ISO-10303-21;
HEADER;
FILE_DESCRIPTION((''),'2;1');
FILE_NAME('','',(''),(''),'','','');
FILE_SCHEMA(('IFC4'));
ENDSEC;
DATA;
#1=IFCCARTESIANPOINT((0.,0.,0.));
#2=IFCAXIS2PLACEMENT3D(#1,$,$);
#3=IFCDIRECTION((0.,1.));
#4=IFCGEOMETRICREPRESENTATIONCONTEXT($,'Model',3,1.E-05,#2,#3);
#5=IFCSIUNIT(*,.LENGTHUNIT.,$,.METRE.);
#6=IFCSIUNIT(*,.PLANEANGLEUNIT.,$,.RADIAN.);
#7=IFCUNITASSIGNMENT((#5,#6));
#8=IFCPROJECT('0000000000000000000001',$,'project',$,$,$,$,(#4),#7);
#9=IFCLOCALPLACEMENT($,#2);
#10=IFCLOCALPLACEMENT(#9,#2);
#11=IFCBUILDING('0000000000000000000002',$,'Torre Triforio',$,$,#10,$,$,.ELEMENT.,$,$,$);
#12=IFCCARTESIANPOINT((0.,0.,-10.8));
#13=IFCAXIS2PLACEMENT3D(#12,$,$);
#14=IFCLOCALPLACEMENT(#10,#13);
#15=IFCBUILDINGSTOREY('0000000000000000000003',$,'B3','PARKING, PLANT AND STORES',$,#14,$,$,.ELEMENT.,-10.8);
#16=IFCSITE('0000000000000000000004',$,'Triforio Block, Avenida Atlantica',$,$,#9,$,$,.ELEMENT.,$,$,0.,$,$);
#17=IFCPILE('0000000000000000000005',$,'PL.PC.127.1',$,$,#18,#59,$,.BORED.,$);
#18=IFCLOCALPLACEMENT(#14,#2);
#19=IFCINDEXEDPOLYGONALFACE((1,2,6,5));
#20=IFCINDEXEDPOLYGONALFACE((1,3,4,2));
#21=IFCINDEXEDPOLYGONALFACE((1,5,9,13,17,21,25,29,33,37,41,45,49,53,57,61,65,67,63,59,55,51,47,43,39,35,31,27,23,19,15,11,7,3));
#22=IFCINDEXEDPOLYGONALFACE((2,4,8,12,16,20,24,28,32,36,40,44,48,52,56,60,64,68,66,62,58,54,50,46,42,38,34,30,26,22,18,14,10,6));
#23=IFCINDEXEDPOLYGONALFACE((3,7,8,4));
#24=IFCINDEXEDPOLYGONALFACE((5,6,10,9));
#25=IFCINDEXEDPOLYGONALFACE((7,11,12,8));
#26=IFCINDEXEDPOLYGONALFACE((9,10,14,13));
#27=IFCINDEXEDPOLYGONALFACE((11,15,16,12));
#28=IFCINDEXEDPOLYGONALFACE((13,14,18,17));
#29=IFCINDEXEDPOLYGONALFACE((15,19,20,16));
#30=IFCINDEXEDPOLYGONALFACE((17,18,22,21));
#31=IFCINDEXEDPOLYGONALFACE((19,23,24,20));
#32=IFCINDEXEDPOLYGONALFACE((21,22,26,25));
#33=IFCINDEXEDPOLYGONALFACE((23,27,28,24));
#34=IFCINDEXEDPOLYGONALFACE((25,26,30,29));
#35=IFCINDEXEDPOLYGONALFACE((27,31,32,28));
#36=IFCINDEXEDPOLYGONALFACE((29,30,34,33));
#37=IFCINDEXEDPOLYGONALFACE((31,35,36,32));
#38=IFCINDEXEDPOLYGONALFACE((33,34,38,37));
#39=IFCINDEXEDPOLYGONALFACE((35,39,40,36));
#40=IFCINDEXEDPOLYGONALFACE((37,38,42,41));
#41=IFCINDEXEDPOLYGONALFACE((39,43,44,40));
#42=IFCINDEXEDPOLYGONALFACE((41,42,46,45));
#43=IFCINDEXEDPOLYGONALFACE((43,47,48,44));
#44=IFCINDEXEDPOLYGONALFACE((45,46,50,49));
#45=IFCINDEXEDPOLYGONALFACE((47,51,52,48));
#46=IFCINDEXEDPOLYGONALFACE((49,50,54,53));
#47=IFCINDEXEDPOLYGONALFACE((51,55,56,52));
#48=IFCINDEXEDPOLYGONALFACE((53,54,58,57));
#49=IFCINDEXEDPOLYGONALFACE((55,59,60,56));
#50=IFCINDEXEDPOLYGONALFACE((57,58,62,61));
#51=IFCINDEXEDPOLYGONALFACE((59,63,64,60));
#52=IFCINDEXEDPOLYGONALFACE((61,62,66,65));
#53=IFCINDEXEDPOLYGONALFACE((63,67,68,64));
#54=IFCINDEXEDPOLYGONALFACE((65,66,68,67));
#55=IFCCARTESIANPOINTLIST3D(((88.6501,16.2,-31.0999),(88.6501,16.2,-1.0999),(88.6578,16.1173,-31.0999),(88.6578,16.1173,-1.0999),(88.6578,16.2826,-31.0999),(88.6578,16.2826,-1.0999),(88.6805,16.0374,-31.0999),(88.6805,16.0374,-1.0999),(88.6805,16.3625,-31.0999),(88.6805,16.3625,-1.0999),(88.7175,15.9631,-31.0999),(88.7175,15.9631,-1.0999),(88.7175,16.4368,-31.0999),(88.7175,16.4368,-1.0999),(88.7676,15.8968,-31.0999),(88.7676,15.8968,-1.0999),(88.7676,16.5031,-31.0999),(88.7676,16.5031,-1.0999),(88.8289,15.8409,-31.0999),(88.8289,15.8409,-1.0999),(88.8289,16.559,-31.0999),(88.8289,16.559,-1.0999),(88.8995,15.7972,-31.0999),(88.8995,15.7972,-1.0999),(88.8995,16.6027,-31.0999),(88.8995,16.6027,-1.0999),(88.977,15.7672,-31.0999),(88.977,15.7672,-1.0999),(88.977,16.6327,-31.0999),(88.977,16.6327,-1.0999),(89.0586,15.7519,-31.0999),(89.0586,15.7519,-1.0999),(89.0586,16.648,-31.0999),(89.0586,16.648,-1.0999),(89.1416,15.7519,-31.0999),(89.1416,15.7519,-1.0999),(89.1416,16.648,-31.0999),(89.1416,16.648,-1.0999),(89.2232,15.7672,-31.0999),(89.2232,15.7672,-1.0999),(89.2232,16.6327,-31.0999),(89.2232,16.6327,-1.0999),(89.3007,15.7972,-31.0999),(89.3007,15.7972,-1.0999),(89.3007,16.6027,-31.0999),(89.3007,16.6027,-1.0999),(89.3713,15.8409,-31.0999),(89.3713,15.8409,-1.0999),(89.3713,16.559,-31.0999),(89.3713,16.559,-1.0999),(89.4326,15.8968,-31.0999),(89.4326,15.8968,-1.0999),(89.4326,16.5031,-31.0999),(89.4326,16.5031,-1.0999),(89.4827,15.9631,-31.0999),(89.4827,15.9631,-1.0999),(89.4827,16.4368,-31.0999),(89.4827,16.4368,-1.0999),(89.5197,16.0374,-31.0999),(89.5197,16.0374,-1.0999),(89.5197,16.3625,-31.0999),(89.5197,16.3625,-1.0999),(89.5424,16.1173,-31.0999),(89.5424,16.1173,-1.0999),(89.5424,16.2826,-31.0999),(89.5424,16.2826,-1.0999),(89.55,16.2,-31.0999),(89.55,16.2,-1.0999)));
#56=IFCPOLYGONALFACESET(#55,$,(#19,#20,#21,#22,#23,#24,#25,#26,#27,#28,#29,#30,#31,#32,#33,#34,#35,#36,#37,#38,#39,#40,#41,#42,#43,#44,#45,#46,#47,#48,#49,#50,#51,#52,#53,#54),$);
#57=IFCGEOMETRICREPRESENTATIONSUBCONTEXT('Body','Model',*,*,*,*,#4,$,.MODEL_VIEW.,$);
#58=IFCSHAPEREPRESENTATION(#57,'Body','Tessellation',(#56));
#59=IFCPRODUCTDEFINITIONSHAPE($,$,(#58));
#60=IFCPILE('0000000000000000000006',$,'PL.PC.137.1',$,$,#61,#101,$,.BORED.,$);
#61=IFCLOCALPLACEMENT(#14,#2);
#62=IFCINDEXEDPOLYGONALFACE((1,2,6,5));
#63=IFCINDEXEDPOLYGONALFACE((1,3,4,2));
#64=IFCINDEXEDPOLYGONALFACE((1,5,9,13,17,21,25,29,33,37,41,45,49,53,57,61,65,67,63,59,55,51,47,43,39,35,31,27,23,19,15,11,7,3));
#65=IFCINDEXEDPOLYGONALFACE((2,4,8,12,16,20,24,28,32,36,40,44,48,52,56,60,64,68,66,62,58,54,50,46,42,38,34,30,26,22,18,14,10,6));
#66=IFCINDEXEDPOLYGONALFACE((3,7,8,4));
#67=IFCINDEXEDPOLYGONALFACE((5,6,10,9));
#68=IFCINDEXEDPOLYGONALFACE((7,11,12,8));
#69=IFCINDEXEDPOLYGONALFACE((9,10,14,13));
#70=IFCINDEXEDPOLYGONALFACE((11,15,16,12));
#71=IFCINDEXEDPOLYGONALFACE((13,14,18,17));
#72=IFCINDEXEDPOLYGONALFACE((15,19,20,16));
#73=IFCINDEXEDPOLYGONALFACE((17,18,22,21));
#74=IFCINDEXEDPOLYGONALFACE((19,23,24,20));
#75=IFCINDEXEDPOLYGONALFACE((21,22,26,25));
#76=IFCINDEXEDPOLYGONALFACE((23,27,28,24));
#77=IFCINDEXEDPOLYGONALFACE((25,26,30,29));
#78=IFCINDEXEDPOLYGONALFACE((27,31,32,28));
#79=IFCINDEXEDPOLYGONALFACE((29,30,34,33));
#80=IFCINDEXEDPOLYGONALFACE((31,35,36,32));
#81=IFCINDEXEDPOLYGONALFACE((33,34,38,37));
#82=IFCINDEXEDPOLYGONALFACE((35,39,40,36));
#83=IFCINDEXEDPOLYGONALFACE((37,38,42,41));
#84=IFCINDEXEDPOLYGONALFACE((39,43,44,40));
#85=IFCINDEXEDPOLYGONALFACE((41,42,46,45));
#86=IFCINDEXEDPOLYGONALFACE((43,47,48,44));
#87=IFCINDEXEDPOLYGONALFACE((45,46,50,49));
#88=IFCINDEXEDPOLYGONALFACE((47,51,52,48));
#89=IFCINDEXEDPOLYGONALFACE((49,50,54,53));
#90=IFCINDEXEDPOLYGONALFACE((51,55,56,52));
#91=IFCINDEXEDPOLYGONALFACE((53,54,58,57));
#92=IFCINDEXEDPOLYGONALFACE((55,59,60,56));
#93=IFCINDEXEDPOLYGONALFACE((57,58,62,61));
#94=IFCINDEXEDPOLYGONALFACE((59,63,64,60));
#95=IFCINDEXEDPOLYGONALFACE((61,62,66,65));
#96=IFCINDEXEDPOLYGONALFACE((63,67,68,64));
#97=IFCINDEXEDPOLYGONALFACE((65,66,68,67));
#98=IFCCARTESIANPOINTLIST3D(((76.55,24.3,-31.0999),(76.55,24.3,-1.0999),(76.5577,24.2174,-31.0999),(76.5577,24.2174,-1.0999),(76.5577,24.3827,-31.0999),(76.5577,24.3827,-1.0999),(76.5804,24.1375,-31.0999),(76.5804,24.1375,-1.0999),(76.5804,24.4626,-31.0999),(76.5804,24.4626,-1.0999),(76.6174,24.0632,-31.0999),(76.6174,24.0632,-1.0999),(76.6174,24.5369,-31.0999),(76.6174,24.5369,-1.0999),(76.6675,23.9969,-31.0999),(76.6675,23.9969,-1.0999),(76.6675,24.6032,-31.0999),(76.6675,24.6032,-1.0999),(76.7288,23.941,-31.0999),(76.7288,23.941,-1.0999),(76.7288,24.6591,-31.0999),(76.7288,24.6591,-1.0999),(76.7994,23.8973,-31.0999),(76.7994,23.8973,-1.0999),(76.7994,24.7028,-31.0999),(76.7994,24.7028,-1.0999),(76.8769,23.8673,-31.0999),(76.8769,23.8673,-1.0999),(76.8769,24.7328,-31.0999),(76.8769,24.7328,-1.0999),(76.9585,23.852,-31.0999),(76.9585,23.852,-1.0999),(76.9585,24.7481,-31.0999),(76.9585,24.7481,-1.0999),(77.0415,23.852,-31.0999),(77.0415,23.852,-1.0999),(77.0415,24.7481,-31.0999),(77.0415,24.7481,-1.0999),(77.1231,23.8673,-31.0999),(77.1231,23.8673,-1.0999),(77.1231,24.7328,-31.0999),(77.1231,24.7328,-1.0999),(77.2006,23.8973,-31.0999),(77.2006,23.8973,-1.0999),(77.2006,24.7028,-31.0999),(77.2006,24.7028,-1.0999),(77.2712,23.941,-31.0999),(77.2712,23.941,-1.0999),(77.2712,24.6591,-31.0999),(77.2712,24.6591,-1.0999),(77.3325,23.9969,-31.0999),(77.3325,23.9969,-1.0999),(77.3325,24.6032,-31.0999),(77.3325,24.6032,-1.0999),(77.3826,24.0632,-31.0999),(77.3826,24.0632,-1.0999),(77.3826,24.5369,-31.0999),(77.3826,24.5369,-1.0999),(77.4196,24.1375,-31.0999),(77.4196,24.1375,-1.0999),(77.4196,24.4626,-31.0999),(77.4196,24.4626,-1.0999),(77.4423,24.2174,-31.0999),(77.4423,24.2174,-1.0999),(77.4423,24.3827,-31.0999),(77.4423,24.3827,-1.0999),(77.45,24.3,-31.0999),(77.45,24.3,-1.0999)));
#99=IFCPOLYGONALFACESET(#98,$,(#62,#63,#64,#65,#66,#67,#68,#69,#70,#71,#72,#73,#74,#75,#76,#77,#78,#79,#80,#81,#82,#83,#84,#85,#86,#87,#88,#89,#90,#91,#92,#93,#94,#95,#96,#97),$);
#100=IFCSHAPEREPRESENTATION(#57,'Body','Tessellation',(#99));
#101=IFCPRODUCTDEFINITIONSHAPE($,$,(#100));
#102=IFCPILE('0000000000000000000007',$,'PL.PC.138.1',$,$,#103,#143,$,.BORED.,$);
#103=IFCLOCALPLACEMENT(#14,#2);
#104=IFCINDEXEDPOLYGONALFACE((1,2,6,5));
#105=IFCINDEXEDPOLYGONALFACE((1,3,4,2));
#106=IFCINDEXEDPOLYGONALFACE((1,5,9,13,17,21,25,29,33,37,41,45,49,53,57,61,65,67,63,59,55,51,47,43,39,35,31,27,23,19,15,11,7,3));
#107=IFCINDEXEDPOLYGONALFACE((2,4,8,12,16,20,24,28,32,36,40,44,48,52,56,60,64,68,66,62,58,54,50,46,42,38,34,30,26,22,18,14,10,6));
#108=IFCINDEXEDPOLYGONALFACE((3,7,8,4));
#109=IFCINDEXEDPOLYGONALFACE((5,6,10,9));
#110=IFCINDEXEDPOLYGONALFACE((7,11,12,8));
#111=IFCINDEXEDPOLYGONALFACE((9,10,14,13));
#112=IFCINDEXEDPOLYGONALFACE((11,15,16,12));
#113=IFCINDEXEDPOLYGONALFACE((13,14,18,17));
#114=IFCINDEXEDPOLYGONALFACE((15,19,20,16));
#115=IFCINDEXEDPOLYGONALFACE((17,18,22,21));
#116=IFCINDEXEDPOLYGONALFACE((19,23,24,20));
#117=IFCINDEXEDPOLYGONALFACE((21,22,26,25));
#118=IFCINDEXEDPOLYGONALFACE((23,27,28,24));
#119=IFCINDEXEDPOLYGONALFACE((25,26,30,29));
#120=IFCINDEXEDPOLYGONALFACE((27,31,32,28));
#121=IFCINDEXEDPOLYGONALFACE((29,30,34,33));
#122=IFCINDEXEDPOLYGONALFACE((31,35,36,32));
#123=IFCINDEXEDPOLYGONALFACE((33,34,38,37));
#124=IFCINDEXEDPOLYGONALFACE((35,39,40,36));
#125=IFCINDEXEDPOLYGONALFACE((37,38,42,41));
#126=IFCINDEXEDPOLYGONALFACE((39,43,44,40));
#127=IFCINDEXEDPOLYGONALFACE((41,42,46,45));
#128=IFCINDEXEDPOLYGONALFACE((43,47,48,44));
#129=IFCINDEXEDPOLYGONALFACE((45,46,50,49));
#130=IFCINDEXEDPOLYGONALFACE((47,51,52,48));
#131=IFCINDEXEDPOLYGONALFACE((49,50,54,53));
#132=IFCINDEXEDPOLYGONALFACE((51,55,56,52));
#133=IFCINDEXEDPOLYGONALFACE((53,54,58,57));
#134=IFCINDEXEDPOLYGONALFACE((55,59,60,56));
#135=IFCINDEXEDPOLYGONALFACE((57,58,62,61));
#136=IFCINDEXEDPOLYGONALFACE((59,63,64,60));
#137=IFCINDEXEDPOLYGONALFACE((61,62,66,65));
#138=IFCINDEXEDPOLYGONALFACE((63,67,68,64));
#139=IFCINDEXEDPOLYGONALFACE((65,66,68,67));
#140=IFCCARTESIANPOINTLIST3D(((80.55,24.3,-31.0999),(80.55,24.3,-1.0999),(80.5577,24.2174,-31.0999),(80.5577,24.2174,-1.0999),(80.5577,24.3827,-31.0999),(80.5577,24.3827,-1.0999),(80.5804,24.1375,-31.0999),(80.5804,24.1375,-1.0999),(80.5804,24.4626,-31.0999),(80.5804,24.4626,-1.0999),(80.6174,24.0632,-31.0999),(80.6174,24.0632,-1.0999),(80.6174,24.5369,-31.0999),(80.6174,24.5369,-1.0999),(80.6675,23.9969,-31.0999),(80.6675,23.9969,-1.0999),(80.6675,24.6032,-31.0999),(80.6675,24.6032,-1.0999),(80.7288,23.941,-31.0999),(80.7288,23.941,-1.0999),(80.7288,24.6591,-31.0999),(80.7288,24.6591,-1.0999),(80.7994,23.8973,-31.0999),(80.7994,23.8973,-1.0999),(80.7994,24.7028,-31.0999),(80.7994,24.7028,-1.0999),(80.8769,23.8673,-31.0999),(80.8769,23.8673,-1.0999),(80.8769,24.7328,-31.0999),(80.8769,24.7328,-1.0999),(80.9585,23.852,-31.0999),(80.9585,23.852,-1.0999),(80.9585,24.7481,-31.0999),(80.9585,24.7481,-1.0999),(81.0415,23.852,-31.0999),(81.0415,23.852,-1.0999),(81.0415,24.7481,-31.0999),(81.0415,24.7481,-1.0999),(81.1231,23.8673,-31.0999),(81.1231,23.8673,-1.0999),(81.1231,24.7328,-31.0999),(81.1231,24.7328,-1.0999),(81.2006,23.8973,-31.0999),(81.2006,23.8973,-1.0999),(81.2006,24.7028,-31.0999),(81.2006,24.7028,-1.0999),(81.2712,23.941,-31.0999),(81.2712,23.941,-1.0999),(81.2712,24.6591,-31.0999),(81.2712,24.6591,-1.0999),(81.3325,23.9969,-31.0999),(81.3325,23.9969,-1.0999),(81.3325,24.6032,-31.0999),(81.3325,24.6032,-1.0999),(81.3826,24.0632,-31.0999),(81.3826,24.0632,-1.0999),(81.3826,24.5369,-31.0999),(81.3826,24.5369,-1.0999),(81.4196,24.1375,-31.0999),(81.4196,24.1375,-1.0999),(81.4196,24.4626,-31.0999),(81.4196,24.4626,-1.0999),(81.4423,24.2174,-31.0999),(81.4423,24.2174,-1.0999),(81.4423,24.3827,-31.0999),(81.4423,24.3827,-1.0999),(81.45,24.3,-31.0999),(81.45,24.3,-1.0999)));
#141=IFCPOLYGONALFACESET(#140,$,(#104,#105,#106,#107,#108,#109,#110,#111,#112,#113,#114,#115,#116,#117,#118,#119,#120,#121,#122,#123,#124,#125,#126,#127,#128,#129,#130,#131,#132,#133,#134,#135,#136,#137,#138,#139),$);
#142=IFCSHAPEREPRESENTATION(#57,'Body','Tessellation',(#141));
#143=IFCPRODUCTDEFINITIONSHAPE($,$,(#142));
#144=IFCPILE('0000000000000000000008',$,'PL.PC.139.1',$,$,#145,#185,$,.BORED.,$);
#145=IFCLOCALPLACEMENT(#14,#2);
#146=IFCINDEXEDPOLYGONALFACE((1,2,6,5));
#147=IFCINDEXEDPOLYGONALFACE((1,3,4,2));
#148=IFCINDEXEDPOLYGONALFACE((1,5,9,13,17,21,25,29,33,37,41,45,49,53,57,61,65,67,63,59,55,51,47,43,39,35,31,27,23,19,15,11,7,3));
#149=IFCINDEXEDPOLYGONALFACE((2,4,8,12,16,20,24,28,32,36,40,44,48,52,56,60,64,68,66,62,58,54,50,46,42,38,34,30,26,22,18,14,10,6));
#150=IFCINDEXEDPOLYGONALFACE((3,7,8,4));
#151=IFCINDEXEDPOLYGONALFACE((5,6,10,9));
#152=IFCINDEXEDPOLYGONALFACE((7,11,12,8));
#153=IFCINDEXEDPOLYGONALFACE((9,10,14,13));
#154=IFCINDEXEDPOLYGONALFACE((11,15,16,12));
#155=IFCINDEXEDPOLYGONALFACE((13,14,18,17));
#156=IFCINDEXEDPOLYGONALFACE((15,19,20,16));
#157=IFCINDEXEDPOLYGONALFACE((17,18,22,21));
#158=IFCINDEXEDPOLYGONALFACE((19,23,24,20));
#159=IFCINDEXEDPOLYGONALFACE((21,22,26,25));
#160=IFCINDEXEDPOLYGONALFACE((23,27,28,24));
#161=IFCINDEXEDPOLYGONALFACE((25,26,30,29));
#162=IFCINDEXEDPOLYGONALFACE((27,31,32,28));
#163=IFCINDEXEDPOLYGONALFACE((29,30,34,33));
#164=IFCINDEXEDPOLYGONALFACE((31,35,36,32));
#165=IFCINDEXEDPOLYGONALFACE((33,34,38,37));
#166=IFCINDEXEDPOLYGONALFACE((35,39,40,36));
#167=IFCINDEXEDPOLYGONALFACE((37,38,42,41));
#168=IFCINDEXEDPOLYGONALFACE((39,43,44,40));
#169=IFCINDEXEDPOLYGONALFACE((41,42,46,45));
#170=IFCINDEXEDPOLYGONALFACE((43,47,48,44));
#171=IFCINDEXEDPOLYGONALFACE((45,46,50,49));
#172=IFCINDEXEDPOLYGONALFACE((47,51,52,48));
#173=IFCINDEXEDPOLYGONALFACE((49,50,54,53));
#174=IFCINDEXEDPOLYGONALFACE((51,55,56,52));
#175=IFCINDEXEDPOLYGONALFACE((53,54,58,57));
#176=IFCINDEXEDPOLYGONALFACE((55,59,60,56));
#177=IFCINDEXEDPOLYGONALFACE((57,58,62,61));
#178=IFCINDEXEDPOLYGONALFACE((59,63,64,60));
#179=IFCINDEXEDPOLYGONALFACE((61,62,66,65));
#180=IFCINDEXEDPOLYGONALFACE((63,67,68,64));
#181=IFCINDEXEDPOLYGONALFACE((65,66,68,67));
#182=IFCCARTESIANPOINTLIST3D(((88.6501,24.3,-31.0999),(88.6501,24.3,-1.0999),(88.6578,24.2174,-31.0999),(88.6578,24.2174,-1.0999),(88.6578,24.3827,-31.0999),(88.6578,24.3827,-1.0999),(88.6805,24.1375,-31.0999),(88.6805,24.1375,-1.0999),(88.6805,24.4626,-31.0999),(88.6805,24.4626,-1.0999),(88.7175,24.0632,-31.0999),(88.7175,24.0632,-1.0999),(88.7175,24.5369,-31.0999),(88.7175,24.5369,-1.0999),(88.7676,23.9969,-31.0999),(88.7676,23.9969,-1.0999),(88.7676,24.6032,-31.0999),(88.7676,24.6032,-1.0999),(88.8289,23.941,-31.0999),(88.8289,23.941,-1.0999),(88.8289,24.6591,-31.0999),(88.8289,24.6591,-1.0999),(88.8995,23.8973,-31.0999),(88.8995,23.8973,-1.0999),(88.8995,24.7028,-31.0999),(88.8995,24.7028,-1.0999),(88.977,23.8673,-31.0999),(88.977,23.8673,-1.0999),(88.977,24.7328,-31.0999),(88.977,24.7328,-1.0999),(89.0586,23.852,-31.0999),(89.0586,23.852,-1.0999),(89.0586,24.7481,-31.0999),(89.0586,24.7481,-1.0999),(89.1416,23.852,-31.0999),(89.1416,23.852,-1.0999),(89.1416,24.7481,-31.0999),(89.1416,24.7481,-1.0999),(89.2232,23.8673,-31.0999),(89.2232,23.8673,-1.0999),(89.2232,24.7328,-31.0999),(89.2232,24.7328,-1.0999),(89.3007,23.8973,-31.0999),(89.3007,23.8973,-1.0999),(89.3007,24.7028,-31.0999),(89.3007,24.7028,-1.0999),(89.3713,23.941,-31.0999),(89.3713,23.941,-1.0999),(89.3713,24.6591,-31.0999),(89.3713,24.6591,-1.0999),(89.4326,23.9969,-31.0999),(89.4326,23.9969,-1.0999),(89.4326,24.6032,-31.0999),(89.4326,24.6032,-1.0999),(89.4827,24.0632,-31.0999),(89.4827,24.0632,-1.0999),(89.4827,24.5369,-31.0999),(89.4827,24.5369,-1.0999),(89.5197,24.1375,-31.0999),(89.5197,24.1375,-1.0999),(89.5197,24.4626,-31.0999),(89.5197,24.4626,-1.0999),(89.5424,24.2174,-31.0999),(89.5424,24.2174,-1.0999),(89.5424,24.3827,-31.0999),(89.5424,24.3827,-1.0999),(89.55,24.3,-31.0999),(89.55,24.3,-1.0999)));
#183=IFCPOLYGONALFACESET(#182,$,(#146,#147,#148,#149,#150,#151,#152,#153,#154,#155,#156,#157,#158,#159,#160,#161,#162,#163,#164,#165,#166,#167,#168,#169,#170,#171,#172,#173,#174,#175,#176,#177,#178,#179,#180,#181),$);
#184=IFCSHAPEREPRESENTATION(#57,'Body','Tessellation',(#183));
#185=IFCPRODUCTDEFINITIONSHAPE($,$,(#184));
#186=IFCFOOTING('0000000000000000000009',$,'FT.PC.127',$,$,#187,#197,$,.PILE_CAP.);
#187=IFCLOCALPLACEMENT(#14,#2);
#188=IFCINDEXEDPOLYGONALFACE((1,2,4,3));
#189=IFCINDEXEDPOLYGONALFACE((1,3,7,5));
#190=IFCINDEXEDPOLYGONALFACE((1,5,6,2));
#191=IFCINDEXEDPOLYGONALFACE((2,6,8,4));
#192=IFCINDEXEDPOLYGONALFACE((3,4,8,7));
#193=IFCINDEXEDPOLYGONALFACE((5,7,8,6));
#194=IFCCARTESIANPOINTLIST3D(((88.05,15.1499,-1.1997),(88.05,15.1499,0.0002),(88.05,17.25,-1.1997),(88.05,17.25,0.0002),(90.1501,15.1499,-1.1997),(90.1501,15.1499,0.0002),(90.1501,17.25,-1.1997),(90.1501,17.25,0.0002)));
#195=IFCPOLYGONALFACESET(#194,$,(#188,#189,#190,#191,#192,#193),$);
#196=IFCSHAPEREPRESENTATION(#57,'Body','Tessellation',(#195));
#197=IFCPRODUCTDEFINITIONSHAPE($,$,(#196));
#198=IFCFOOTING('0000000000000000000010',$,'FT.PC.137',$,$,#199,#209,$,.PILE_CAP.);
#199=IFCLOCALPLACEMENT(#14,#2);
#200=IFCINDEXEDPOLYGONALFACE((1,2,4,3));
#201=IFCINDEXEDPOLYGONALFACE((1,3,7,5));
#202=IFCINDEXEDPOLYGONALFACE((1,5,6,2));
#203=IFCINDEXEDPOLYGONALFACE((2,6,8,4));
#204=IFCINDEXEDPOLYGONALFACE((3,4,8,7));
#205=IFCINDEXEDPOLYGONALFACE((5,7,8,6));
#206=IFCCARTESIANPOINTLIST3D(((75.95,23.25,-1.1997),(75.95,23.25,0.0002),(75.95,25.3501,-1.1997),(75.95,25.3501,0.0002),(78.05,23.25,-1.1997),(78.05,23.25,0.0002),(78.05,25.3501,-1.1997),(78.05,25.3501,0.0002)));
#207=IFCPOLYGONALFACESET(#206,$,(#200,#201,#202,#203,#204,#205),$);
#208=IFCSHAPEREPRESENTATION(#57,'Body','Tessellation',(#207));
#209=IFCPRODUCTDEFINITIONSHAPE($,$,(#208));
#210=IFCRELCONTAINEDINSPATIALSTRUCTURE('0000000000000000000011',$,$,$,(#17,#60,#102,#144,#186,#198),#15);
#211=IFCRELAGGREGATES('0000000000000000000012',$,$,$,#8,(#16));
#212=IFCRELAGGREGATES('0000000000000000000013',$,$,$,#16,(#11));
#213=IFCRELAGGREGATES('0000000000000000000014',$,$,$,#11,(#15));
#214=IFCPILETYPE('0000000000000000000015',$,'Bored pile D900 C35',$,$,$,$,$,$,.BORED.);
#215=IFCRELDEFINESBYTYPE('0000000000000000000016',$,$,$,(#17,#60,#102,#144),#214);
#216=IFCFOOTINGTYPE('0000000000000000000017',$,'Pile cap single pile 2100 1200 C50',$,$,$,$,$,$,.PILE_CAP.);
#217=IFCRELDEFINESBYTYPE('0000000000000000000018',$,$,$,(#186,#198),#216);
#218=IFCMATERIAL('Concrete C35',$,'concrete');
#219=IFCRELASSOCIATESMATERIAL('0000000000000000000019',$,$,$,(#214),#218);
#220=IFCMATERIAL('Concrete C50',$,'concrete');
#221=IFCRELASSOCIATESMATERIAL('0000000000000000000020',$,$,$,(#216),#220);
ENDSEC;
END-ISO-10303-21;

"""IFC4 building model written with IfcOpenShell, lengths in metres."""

from ifc_helpers import new_model, si_unit, direction, frame, origin, origin_2d, place, context, subcontext, project, spatial, rectangle, circle, extrude, material, material_profile, profile_set, type_object, element, save


model = new_model("IFC4")

# Units and contexts
model_context = context("Model", 3, precision=1e-05, world=origin(), true_north=direction((0.0, 1.0)))
body_context = subcontext(model_context, "Body", "Model", "MODEL_VIEW")
ifc_project = project(units=[si_unit("LENGTHUNIT", "METRE"), si_unit("PLANEANGLEUNIT", "RADIAN")], contexts=[model_context])

# Site, building, storey
site_placement = place(None, origin())
site = spatial("IfcSite", under=ifc_project, at=site_placement, Name="Triforio Block, Avenida Atlantica", CompositionType="ELEMENT", RefElevation=0.0)
building_placement = place(site_placement, origin())
building = spatial("IfcBuilding", under=site, at=building_placement, Name="Torre Triforio", CompositionType="ELEMENT")
storey_placement = place(building_placement, frame((0.0, 0.0, -10.8)))
storey = spatial("IfcBuildingStorey", under=building, at=storey_placement, Name="B3", Description="PARKING, PLANT AND STORES", CompositionType="ELEMENT", Elevation=-10.8)

# Piles
ifc_material_1 = material(Name="Concrete C35", Category="concrete")
ifc_material_profile_1 = material_profile(ifc_material_1, circle(Radius=0.45, at=origin_2d()), Name="RC D900")
ifc_profile_set_1 = profile_set([ifc_material_profile_1], Name="Concrete C35")
pile_type = type_object("IfcPileType", Name="Bored pile D900 C35", PredefinedType="BORED", material=ifc_profile_set_1)
for number, where, z_axis, x_axis, name in (
    (1, (89.1001, 16.2, -1.0999), (0.0, 0.0, -1.0), (1.0, 0.0, 0.0), "PL.PC.127.1"),
    (2, (77.0, 24.3, -1.0999), (0.0, 0.0, -1.0), (1.0, 0.0, 0.0), "PL.PC.137.1"),
    (3, (81.0, 24.3, -1.0999), (0.0, 0.0, -1.0), (1.0, 0.0, 0.0), "PL.PC.138.1"),
    (4, (89.1001, 24.3, -1.0999), (0.0, 0.0, -1.0), (1.0, 0.0, 0.0), "PL.PC.139.1"),
):
    element("IfcPile", number, at=place(storey_placement, frame(where, z_axis=z_axis, x_axis=x_axis)), inside=storey, type_object=pile_type, Name=name, PredefinedType="BORED", context=body_context, shape_type="SweptSolid", body=[
        extrude(circle(Radius=0.45, at=origin_2d()), origin(), (0.0, 0.0, 1.0), 30.0),
    ])

# Footings
ifc_material_2 = material(Name="Concrete C50", Category="concrete")
footing_type = type_object("IfcFootingType", Name="Pile cap single pile 2100 1200 C50", PredefinedType="PILE_CAP", material=ifc_material_2)
for number, where, z_axis, x_axis, name in (
    (5, (89.1001, 16.2, -1.1997), (0.0, 0.0, 1.0), (1.0, 0.0, 0.0), "FT.PC.127"),
    (6, (77.0, 24.3, -1.1997), (0.0, 0.0, 1.0), (1.0, 0.0, 0.0), "FT.PC.137"),
):
    element("IfcFooting", number, at=place(storey_placement, frame(where, z_axis=z_axis, x_axis=x_axis)), inside=storey, type_object=footing_type, Name=name, PredefinedType="PILE_CAP", context=body_context, shape_type="SweptSolid", body=[
        extrude(rectangle(XDim=2.1001, YDim=2.1001, at=origin_2d()), origin(), (0.0, 0.0, 1.0), 1.2),
    ])

save(model, "model.ifc")
